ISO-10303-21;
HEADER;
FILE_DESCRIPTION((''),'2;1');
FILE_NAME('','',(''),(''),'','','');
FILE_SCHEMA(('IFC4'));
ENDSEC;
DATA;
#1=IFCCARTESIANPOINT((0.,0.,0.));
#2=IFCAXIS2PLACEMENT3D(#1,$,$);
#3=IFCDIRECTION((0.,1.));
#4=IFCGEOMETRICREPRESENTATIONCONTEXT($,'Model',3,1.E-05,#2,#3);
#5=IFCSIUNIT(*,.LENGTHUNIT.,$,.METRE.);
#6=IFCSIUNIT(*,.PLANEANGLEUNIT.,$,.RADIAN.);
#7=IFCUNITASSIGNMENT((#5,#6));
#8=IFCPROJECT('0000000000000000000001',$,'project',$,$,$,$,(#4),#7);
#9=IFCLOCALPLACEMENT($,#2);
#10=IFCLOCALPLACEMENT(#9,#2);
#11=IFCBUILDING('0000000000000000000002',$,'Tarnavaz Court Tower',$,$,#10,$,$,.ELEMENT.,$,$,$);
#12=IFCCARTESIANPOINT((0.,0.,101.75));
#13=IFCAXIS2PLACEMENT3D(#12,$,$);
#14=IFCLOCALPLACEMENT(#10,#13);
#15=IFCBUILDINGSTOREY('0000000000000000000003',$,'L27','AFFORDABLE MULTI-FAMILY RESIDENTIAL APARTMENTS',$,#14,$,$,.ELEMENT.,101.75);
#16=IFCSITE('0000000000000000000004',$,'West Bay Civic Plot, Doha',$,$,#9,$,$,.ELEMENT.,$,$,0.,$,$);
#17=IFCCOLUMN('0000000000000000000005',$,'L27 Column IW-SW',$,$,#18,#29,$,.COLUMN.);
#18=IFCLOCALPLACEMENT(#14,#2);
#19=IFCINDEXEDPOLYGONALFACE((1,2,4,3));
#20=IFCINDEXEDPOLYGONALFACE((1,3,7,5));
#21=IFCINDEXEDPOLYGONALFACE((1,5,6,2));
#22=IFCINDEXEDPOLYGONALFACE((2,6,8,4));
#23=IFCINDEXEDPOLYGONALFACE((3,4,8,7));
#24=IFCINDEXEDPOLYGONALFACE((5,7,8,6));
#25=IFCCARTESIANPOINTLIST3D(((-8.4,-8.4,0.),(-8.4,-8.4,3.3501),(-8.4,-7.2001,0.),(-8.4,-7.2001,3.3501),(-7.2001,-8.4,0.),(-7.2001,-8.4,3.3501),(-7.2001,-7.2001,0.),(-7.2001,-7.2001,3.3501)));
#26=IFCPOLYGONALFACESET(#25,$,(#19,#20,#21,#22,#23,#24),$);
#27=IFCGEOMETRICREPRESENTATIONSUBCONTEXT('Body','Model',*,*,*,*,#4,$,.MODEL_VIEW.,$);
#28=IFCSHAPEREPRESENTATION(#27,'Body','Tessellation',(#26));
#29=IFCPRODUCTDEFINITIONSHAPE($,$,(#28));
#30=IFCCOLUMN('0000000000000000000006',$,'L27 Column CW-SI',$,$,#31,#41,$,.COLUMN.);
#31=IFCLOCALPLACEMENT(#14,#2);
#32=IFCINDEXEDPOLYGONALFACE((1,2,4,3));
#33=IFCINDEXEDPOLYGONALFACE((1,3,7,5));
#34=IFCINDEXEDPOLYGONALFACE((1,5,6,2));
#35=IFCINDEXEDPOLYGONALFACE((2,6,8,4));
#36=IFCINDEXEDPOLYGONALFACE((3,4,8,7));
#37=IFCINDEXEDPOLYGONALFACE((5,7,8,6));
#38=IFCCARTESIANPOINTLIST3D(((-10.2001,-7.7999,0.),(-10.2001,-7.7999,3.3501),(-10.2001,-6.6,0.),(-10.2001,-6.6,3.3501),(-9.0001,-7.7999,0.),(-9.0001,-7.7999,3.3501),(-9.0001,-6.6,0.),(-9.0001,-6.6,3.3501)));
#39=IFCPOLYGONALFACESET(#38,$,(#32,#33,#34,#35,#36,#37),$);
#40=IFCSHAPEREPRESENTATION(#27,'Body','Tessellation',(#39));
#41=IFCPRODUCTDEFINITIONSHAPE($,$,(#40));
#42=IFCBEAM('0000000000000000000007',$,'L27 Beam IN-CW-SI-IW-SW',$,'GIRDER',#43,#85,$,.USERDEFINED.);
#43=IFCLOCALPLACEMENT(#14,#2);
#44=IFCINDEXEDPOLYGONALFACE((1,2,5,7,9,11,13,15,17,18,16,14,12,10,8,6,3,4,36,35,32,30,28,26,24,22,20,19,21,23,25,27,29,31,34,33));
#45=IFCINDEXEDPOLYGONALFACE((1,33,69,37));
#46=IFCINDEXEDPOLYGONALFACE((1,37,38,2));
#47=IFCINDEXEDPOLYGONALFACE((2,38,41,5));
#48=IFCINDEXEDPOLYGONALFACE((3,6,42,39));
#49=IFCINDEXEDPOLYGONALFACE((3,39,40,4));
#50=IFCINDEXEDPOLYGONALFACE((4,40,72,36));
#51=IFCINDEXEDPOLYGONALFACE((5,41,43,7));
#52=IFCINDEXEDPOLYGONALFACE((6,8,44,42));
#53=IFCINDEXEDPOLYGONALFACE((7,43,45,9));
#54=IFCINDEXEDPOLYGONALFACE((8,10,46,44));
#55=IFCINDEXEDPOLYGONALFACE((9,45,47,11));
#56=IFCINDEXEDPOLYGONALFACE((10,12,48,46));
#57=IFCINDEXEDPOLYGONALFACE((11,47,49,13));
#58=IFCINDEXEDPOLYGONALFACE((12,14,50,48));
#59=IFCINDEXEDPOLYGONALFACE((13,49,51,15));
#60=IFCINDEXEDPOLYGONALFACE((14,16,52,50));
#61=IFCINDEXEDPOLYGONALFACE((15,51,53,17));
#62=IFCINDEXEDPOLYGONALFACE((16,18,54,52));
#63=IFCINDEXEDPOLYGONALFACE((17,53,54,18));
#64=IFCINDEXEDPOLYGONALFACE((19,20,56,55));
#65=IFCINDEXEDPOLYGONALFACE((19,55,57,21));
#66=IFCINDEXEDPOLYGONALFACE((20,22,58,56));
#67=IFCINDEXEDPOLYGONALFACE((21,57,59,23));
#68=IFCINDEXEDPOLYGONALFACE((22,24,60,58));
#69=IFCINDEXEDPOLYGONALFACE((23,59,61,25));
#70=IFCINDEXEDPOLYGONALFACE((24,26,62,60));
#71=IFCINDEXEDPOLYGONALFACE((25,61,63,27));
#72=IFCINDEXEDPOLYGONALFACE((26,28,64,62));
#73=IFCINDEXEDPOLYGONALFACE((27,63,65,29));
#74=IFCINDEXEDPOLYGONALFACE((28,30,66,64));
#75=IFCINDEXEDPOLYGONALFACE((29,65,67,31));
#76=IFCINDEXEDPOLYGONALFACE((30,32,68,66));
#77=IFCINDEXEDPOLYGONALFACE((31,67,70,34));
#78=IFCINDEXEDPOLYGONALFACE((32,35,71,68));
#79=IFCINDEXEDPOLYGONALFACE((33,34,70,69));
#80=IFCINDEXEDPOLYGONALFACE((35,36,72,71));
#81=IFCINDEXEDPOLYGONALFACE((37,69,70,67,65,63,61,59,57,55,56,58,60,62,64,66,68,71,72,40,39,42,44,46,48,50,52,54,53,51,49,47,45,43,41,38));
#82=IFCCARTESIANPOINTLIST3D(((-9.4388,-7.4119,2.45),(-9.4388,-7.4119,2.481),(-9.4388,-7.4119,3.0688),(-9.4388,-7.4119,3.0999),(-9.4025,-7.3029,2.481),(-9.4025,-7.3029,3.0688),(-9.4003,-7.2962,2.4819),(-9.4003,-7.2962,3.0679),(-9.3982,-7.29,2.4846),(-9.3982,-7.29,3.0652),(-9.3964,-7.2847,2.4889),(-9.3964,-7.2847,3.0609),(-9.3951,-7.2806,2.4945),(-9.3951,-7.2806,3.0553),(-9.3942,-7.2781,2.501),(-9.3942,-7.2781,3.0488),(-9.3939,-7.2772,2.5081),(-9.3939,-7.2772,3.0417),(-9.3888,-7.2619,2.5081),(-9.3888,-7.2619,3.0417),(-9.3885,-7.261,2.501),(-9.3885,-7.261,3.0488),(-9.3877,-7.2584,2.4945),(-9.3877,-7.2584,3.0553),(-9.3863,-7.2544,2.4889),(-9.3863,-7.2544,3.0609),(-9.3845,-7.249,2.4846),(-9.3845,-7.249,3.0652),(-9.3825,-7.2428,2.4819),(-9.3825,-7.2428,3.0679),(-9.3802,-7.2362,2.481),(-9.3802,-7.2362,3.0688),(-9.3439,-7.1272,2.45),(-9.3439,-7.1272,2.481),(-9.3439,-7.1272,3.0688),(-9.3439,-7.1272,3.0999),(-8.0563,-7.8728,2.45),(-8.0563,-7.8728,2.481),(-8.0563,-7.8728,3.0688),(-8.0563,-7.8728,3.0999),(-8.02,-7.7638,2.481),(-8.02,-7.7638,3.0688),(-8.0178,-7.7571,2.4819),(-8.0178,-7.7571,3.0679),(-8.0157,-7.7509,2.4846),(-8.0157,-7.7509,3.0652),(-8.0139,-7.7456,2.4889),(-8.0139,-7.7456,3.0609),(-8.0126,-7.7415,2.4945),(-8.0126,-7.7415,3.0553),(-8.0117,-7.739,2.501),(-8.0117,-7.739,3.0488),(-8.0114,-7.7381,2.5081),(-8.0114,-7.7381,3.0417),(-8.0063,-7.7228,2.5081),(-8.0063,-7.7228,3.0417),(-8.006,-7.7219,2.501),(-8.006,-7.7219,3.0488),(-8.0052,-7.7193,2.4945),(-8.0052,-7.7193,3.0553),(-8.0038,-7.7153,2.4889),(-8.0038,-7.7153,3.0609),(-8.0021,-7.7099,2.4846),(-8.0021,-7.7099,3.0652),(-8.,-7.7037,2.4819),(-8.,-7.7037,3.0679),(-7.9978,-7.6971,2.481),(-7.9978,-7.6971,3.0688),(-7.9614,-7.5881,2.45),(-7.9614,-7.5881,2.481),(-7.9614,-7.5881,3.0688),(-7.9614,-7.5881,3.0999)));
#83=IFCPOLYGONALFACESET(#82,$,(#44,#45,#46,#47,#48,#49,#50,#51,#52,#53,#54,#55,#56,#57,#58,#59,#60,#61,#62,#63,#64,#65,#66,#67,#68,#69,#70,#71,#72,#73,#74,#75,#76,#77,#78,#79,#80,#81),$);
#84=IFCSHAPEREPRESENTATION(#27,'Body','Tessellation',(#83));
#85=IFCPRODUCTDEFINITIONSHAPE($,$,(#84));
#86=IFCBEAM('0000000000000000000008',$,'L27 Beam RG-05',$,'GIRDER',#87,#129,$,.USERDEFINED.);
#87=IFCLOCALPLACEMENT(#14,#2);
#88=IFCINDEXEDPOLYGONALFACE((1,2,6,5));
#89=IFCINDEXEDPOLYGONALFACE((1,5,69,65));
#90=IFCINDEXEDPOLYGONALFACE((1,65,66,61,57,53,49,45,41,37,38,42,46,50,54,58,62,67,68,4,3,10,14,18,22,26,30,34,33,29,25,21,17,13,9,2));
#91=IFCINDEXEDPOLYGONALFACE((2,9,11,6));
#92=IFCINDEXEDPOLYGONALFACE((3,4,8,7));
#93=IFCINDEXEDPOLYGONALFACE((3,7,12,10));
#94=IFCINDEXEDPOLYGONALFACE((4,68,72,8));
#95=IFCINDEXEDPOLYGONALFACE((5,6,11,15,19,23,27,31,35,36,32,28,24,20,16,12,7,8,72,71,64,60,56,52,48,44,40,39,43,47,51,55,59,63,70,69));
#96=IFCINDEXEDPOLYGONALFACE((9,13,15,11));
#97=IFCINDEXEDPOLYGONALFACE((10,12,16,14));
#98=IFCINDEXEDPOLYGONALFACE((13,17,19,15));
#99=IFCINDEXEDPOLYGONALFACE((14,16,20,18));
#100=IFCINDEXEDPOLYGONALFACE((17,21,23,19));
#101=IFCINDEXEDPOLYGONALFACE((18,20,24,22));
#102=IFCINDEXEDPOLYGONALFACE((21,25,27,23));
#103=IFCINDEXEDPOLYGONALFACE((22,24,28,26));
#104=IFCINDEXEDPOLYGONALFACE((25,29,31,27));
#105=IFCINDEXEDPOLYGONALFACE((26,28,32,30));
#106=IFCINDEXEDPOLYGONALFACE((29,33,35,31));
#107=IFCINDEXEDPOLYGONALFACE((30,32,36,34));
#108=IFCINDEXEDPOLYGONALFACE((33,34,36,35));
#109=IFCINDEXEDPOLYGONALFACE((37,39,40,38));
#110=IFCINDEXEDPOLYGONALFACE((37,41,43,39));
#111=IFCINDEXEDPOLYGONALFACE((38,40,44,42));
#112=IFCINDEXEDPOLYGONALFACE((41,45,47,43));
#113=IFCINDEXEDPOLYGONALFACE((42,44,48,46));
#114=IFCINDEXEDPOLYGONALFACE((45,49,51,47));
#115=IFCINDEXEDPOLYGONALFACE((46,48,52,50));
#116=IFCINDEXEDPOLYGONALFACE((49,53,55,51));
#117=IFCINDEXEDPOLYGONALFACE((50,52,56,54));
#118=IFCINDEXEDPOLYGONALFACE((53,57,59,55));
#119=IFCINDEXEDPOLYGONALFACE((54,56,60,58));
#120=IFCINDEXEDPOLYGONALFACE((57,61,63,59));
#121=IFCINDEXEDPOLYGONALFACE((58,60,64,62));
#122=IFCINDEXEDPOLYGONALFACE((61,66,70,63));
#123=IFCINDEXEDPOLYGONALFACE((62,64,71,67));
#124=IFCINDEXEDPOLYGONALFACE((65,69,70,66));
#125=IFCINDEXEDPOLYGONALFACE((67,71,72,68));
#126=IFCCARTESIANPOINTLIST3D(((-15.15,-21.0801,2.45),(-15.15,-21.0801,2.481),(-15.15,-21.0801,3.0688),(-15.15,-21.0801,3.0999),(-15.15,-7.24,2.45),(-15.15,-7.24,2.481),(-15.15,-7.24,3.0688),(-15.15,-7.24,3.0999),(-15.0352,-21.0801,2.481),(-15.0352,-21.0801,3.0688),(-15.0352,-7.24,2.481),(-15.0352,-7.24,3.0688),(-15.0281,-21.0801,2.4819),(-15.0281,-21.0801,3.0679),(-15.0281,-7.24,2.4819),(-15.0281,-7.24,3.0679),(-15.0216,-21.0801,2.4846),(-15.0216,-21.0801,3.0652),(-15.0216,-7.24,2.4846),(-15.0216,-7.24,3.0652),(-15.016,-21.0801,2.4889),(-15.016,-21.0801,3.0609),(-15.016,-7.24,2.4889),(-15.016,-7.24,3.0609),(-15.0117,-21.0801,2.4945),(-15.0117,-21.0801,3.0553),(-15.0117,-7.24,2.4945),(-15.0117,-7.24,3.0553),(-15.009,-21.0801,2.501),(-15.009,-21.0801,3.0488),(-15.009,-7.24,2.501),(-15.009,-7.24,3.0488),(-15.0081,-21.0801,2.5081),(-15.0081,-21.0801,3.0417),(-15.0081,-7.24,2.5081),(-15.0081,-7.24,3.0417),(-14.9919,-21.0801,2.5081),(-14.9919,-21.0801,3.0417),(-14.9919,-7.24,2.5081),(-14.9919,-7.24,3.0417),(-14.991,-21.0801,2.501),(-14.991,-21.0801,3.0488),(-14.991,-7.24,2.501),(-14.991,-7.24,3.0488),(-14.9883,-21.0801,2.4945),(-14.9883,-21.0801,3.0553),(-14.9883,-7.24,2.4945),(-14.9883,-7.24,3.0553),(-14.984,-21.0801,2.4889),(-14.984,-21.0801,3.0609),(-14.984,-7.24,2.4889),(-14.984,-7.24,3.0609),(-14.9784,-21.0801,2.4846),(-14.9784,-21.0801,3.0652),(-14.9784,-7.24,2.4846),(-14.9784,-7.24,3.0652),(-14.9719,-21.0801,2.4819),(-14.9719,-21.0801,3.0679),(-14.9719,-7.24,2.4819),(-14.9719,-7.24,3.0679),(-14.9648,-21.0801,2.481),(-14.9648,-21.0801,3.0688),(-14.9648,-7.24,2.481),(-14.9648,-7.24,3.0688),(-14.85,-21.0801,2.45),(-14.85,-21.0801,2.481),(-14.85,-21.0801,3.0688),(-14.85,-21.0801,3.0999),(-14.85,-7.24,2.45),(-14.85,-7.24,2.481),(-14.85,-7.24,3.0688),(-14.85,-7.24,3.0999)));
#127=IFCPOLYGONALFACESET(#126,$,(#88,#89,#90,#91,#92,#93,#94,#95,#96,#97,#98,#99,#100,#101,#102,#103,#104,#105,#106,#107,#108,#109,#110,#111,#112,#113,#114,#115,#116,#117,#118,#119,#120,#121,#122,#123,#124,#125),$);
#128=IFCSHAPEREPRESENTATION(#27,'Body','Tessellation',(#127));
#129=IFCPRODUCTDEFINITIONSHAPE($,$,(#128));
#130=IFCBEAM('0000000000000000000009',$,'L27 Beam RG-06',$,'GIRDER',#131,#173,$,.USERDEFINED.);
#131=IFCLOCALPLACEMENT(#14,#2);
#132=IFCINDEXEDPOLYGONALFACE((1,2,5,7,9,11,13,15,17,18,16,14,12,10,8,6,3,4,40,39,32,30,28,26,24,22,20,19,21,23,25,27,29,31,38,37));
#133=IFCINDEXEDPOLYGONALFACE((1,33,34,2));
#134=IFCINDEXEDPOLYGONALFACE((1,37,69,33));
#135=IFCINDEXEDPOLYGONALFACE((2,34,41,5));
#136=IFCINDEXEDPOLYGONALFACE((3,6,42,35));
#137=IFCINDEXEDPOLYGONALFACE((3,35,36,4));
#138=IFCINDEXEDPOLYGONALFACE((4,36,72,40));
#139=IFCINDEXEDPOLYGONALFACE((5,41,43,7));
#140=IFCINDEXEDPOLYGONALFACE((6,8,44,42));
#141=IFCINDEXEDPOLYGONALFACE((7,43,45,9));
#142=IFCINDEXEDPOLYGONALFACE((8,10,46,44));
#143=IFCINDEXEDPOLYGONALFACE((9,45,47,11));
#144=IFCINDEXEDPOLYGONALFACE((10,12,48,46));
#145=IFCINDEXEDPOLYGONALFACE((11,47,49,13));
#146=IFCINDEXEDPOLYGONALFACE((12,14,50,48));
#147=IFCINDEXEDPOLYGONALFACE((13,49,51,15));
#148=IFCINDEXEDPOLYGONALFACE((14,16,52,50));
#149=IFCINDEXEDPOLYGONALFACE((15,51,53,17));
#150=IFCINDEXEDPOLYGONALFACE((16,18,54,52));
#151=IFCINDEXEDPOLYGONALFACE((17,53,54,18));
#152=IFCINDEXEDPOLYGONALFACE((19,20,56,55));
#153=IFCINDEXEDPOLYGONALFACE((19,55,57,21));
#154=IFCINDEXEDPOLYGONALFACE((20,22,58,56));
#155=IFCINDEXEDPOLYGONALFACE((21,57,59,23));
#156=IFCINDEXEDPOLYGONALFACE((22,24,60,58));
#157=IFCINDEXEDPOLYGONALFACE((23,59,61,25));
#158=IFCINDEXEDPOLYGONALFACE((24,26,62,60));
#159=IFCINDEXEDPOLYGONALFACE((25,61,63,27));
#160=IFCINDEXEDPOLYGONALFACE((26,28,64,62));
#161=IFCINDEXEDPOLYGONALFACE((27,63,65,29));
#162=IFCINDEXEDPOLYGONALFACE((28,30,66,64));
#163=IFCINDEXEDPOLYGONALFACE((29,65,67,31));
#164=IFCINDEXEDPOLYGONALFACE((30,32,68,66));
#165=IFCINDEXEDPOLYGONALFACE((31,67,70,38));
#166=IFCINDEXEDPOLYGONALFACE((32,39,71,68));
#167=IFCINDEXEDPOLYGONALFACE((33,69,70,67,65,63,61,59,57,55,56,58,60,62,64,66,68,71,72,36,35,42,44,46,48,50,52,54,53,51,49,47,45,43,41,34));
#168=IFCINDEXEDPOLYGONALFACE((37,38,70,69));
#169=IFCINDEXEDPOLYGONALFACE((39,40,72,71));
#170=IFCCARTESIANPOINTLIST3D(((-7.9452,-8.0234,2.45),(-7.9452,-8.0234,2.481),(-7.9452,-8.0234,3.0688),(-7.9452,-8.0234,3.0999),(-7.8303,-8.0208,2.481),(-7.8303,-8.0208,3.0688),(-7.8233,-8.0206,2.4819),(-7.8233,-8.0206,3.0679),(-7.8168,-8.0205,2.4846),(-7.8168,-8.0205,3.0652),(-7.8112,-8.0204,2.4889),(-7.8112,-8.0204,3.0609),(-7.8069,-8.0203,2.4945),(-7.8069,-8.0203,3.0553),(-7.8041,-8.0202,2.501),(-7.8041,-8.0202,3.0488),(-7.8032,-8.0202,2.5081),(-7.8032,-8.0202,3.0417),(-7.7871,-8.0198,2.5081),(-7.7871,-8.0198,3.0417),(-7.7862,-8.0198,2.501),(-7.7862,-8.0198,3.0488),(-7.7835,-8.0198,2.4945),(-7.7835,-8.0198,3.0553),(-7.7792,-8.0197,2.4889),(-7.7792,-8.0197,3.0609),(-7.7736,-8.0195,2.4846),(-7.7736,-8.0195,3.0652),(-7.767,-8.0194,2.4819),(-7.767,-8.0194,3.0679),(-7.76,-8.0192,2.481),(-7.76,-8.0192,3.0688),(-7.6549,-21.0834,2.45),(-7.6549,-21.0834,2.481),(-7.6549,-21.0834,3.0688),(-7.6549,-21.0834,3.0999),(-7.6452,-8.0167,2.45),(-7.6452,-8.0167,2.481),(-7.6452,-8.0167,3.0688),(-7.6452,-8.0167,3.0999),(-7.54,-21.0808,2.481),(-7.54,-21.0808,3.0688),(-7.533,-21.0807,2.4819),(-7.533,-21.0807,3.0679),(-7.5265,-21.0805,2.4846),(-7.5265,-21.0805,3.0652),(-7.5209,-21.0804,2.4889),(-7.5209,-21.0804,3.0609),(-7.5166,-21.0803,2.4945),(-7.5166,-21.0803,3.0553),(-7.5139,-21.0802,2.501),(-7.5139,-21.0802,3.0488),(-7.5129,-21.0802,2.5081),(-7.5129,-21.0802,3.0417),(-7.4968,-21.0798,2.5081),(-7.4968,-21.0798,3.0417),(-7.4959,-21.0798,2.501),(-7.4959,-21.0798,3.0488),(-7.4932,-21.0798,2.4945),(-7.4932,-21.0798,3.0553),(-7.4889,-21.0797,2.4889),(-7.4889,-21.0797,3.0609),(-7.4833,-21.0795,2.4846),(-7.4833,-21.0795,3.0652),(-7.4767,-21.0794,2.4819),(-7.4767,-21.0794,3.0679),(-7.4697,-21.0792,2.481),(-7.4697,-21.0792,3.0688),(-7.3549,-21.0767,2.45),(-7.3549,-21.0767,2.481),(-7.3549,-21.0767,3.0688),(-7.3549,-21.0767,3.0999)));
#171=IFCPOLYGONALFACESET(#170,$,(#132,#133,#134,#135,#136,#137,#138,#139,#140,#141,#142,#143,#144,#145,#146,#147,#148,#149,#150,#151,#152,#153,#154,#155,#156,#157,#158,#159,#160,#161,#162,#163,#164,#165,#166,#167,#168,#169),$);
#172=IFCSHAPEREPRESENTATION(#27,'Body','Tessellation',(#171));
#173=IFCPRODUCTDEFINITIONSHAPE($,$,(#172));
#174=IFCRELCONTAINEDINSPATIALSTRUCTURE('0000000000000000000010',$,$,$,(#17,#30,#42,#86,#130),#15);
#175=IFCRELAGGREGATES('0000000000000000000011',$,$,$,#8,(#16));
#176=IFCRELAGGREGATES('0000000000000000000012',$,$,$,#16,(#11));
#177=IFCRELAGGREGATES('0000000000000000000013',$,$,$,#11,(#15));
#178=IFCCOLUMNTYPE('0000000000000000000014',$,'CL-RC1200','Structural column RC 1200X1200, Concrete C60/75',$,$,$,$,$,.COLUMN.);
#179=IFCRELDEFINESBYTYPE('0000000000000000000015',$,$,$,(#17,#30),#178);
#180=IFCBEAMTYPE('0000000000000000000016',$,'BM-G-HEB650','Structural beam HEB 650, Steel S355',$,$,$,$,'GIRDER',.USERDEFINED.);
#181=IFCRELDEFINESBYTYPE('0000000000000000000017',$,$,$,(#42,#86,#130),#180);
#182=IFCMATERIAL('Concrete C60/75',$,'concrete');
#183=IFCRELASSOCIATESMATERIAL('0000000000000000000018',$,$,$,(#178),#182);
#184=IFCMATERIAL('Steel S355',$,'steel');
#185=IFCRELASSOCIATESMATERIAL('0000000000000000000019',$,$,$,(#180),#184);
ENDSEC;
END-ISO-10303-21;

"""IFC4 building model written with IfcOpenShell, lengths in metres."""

from ifc_helpers import new_model, si_unit, direction, frame, origin, origin_2d, place, context, subcontext, project, spatial, rectangle, i_section, extrude, material, material_profile, profile_set, type_object, element, save


model = new_model("IFC4")

# Units and contexts
model_context = context("Model", 3, precision=1e-05, world=origin(), true_north=direction((0.0, 1.0)))
body_context = subcontext(model_context, "Body", "Model", "MODEL_VIEW")
ifc_project = project(units=[si_unit("LENGTHUNIT", "METRE"), si_unit("PLANEANGLEUNIT", "RADIAN")], contexts=[model_context])

# Site, building, storey
site_placement = place(None, origin())
site = spatial("IfcSite", under=ifc_project, at=site_placement, Name="West Bay Civic Plot, Doha", CompositionType="ELEMENT", RefElevation=0.0)
building_placement = place(site_placement, origin())
building = spatial("IfcBuilding", under=site, at=building_placement, Name="Tarnavaz Court Tower", CompositionType="ELEMENT")
storey_placement = place(building_placement, frame((0.0, 0.0, 101.75)))
storey = spatial("IfcBuildingStorey", under=building, at=storey_placement, Name="L27", Description="AFFORDABLE MULTI-FAMILY RESIDENTIAL APARTMENTS", CompositionType="ELEMENT", Elevation=101.75)

# Columns
ifc_material_1 = material(Name="Concrete C60/75", Category="concrete")
ifc_material_profile_1 = material_profile(ifc_material_1, rectangle(XDim=1.2, YDim=1.2, at=origin_2d()), Name="RC 1200X1200")
ifc_profile_set_1 = profile_set([ifc_material_profile_1], Name="Concrete C60/75")
column_type = type_object("IfcColumnType", Name="CL-RC1200", Description="Structural column RC 1200X1200, Concrete C60/75", PredefinedType="COLUMN", material=ifc_profile_set_1)
for number, where, z_axis, x_axis, name in (
    (1, (-7.8, -7.8, 0.0), (0.0, 0.0, 1.0), (1.0, 0.0, 0.0), "L27 Column IW-SW"),
    (2, (-9.6001, -7.2, 0.0), (0.0, 0.0, 1.0), (1.0, 0.0, 0.0), "L27 Column CW-SI"),
):
    element("IfcColumn", number, at=place(storey_placement, frame(where, z_axis=z_axis, x_axis=x_axis)), inside=storey, type_object=column_type, Name=name, PredefinedType="COLUMN", context=body_context, shape_type="SweptSolid", body=[
        extrude(rectangle(XDim=1.2, YDim=1.2, at=origin_2d()), origin(), (0.0, 0.0, 1.0), 3.3501),
    ])

# Beams
ifc_material_2 = material(Name="Steel S355", Category="steel")
ifc_material_profile_2 = material_profile(ifc_material_2, i_section(OverallWidth=0.3, OverallDepth=0.6499, WebThickness=0.0161, FlangeThickness=0.031, FilletRadius=0.0271, at=origin_2d()), Name="HEB 650")
ifc_profile_set_2 = profile_set([ifc_material_profile_2], Name="Steel S355")
beam_type_1 = type_object("IfcBeamType", Name="BM-G-HEB650", Description="Structural beam HEB 650, Steel S355", ElementType="GIRDER", PredefinedType="USERDEFINED", material=ifc_profile_set_2)
beam_1_placement = place(storey_placement, frame((-9.3914, -7.2695, 2.7749), z_axis=(0.948667, -0.316278, 0.0), x_axis=(0.316278, 0.948667, 0.0)))
element("IfcBeam", 3, at=beam_1_placement, inside=storey, type_object=beam_type_1, Name="L27 Beam IN-CW-SI-IW-SW", ObjectType="GIRDER", PredefinedType="USERDEFINED", context=body_context, shape_type="SweptSolid", body=[
    extrude(i_section(OverallWidth=0.3, OverallDepth=0.6499, WebThickness=0.0161, FlangeThickness=0.031, FilletRadius=0.0271, at=origin_2d()), origin(), (0.0, 0.0, 1.0), 1.4573),
])
beam_2_placement = place(storey_placement, frame((-15.0, -7.24, 2.7749), z_axis=(0.0, -1.0, 0.0), x_axis=(1.0, 0.0, 0.0)))
element("IfcBeam", 4, at=beam_2_placement, inside=storey, type_object=beam_type_1, Name="L27 Beam RG-05", ObjectType="GIRDER", PredefinedType="USERDEFINED", context=body_context, shape_type="SweptSolid", body=[
    extrude(i_section(OverallWidth=0.3, OverallDepth=0.6499, WebThickness=0.0161, FlangeThickness=0.031, FilletRadius=0.0271, at=origin_2d()), origin(), (0.0, 0.0, 1.0), 13.8401),
])
beam_3_placement = place(storey_placement, frame((-7.7952, -8.02, 2.7749), z_axis=(0.022221, -0.999753, 0.0), x_axis=(0.999753, 0.022221, 0.0)))
element("IfcBeam", 5, at=beam_3_placement, inside=storey, type_object=beam_type_1, Name="L27 Beam RG-06", ObjectType="GIRDER", PredefinedType="USERDEFINED", context=body_context, shape_type="SweptSolid", body=[
    extrude(i_section(OverallWidth=0.3, OverallDepth=0.6499, WebThickness=0.0161, FlangeThickness=0.031, FilletRadius=0.0271, at=origin_2d()), origin(), (0.0, 0.0, 1.0), 13.0632),
])

save(model, "model.ifc")
